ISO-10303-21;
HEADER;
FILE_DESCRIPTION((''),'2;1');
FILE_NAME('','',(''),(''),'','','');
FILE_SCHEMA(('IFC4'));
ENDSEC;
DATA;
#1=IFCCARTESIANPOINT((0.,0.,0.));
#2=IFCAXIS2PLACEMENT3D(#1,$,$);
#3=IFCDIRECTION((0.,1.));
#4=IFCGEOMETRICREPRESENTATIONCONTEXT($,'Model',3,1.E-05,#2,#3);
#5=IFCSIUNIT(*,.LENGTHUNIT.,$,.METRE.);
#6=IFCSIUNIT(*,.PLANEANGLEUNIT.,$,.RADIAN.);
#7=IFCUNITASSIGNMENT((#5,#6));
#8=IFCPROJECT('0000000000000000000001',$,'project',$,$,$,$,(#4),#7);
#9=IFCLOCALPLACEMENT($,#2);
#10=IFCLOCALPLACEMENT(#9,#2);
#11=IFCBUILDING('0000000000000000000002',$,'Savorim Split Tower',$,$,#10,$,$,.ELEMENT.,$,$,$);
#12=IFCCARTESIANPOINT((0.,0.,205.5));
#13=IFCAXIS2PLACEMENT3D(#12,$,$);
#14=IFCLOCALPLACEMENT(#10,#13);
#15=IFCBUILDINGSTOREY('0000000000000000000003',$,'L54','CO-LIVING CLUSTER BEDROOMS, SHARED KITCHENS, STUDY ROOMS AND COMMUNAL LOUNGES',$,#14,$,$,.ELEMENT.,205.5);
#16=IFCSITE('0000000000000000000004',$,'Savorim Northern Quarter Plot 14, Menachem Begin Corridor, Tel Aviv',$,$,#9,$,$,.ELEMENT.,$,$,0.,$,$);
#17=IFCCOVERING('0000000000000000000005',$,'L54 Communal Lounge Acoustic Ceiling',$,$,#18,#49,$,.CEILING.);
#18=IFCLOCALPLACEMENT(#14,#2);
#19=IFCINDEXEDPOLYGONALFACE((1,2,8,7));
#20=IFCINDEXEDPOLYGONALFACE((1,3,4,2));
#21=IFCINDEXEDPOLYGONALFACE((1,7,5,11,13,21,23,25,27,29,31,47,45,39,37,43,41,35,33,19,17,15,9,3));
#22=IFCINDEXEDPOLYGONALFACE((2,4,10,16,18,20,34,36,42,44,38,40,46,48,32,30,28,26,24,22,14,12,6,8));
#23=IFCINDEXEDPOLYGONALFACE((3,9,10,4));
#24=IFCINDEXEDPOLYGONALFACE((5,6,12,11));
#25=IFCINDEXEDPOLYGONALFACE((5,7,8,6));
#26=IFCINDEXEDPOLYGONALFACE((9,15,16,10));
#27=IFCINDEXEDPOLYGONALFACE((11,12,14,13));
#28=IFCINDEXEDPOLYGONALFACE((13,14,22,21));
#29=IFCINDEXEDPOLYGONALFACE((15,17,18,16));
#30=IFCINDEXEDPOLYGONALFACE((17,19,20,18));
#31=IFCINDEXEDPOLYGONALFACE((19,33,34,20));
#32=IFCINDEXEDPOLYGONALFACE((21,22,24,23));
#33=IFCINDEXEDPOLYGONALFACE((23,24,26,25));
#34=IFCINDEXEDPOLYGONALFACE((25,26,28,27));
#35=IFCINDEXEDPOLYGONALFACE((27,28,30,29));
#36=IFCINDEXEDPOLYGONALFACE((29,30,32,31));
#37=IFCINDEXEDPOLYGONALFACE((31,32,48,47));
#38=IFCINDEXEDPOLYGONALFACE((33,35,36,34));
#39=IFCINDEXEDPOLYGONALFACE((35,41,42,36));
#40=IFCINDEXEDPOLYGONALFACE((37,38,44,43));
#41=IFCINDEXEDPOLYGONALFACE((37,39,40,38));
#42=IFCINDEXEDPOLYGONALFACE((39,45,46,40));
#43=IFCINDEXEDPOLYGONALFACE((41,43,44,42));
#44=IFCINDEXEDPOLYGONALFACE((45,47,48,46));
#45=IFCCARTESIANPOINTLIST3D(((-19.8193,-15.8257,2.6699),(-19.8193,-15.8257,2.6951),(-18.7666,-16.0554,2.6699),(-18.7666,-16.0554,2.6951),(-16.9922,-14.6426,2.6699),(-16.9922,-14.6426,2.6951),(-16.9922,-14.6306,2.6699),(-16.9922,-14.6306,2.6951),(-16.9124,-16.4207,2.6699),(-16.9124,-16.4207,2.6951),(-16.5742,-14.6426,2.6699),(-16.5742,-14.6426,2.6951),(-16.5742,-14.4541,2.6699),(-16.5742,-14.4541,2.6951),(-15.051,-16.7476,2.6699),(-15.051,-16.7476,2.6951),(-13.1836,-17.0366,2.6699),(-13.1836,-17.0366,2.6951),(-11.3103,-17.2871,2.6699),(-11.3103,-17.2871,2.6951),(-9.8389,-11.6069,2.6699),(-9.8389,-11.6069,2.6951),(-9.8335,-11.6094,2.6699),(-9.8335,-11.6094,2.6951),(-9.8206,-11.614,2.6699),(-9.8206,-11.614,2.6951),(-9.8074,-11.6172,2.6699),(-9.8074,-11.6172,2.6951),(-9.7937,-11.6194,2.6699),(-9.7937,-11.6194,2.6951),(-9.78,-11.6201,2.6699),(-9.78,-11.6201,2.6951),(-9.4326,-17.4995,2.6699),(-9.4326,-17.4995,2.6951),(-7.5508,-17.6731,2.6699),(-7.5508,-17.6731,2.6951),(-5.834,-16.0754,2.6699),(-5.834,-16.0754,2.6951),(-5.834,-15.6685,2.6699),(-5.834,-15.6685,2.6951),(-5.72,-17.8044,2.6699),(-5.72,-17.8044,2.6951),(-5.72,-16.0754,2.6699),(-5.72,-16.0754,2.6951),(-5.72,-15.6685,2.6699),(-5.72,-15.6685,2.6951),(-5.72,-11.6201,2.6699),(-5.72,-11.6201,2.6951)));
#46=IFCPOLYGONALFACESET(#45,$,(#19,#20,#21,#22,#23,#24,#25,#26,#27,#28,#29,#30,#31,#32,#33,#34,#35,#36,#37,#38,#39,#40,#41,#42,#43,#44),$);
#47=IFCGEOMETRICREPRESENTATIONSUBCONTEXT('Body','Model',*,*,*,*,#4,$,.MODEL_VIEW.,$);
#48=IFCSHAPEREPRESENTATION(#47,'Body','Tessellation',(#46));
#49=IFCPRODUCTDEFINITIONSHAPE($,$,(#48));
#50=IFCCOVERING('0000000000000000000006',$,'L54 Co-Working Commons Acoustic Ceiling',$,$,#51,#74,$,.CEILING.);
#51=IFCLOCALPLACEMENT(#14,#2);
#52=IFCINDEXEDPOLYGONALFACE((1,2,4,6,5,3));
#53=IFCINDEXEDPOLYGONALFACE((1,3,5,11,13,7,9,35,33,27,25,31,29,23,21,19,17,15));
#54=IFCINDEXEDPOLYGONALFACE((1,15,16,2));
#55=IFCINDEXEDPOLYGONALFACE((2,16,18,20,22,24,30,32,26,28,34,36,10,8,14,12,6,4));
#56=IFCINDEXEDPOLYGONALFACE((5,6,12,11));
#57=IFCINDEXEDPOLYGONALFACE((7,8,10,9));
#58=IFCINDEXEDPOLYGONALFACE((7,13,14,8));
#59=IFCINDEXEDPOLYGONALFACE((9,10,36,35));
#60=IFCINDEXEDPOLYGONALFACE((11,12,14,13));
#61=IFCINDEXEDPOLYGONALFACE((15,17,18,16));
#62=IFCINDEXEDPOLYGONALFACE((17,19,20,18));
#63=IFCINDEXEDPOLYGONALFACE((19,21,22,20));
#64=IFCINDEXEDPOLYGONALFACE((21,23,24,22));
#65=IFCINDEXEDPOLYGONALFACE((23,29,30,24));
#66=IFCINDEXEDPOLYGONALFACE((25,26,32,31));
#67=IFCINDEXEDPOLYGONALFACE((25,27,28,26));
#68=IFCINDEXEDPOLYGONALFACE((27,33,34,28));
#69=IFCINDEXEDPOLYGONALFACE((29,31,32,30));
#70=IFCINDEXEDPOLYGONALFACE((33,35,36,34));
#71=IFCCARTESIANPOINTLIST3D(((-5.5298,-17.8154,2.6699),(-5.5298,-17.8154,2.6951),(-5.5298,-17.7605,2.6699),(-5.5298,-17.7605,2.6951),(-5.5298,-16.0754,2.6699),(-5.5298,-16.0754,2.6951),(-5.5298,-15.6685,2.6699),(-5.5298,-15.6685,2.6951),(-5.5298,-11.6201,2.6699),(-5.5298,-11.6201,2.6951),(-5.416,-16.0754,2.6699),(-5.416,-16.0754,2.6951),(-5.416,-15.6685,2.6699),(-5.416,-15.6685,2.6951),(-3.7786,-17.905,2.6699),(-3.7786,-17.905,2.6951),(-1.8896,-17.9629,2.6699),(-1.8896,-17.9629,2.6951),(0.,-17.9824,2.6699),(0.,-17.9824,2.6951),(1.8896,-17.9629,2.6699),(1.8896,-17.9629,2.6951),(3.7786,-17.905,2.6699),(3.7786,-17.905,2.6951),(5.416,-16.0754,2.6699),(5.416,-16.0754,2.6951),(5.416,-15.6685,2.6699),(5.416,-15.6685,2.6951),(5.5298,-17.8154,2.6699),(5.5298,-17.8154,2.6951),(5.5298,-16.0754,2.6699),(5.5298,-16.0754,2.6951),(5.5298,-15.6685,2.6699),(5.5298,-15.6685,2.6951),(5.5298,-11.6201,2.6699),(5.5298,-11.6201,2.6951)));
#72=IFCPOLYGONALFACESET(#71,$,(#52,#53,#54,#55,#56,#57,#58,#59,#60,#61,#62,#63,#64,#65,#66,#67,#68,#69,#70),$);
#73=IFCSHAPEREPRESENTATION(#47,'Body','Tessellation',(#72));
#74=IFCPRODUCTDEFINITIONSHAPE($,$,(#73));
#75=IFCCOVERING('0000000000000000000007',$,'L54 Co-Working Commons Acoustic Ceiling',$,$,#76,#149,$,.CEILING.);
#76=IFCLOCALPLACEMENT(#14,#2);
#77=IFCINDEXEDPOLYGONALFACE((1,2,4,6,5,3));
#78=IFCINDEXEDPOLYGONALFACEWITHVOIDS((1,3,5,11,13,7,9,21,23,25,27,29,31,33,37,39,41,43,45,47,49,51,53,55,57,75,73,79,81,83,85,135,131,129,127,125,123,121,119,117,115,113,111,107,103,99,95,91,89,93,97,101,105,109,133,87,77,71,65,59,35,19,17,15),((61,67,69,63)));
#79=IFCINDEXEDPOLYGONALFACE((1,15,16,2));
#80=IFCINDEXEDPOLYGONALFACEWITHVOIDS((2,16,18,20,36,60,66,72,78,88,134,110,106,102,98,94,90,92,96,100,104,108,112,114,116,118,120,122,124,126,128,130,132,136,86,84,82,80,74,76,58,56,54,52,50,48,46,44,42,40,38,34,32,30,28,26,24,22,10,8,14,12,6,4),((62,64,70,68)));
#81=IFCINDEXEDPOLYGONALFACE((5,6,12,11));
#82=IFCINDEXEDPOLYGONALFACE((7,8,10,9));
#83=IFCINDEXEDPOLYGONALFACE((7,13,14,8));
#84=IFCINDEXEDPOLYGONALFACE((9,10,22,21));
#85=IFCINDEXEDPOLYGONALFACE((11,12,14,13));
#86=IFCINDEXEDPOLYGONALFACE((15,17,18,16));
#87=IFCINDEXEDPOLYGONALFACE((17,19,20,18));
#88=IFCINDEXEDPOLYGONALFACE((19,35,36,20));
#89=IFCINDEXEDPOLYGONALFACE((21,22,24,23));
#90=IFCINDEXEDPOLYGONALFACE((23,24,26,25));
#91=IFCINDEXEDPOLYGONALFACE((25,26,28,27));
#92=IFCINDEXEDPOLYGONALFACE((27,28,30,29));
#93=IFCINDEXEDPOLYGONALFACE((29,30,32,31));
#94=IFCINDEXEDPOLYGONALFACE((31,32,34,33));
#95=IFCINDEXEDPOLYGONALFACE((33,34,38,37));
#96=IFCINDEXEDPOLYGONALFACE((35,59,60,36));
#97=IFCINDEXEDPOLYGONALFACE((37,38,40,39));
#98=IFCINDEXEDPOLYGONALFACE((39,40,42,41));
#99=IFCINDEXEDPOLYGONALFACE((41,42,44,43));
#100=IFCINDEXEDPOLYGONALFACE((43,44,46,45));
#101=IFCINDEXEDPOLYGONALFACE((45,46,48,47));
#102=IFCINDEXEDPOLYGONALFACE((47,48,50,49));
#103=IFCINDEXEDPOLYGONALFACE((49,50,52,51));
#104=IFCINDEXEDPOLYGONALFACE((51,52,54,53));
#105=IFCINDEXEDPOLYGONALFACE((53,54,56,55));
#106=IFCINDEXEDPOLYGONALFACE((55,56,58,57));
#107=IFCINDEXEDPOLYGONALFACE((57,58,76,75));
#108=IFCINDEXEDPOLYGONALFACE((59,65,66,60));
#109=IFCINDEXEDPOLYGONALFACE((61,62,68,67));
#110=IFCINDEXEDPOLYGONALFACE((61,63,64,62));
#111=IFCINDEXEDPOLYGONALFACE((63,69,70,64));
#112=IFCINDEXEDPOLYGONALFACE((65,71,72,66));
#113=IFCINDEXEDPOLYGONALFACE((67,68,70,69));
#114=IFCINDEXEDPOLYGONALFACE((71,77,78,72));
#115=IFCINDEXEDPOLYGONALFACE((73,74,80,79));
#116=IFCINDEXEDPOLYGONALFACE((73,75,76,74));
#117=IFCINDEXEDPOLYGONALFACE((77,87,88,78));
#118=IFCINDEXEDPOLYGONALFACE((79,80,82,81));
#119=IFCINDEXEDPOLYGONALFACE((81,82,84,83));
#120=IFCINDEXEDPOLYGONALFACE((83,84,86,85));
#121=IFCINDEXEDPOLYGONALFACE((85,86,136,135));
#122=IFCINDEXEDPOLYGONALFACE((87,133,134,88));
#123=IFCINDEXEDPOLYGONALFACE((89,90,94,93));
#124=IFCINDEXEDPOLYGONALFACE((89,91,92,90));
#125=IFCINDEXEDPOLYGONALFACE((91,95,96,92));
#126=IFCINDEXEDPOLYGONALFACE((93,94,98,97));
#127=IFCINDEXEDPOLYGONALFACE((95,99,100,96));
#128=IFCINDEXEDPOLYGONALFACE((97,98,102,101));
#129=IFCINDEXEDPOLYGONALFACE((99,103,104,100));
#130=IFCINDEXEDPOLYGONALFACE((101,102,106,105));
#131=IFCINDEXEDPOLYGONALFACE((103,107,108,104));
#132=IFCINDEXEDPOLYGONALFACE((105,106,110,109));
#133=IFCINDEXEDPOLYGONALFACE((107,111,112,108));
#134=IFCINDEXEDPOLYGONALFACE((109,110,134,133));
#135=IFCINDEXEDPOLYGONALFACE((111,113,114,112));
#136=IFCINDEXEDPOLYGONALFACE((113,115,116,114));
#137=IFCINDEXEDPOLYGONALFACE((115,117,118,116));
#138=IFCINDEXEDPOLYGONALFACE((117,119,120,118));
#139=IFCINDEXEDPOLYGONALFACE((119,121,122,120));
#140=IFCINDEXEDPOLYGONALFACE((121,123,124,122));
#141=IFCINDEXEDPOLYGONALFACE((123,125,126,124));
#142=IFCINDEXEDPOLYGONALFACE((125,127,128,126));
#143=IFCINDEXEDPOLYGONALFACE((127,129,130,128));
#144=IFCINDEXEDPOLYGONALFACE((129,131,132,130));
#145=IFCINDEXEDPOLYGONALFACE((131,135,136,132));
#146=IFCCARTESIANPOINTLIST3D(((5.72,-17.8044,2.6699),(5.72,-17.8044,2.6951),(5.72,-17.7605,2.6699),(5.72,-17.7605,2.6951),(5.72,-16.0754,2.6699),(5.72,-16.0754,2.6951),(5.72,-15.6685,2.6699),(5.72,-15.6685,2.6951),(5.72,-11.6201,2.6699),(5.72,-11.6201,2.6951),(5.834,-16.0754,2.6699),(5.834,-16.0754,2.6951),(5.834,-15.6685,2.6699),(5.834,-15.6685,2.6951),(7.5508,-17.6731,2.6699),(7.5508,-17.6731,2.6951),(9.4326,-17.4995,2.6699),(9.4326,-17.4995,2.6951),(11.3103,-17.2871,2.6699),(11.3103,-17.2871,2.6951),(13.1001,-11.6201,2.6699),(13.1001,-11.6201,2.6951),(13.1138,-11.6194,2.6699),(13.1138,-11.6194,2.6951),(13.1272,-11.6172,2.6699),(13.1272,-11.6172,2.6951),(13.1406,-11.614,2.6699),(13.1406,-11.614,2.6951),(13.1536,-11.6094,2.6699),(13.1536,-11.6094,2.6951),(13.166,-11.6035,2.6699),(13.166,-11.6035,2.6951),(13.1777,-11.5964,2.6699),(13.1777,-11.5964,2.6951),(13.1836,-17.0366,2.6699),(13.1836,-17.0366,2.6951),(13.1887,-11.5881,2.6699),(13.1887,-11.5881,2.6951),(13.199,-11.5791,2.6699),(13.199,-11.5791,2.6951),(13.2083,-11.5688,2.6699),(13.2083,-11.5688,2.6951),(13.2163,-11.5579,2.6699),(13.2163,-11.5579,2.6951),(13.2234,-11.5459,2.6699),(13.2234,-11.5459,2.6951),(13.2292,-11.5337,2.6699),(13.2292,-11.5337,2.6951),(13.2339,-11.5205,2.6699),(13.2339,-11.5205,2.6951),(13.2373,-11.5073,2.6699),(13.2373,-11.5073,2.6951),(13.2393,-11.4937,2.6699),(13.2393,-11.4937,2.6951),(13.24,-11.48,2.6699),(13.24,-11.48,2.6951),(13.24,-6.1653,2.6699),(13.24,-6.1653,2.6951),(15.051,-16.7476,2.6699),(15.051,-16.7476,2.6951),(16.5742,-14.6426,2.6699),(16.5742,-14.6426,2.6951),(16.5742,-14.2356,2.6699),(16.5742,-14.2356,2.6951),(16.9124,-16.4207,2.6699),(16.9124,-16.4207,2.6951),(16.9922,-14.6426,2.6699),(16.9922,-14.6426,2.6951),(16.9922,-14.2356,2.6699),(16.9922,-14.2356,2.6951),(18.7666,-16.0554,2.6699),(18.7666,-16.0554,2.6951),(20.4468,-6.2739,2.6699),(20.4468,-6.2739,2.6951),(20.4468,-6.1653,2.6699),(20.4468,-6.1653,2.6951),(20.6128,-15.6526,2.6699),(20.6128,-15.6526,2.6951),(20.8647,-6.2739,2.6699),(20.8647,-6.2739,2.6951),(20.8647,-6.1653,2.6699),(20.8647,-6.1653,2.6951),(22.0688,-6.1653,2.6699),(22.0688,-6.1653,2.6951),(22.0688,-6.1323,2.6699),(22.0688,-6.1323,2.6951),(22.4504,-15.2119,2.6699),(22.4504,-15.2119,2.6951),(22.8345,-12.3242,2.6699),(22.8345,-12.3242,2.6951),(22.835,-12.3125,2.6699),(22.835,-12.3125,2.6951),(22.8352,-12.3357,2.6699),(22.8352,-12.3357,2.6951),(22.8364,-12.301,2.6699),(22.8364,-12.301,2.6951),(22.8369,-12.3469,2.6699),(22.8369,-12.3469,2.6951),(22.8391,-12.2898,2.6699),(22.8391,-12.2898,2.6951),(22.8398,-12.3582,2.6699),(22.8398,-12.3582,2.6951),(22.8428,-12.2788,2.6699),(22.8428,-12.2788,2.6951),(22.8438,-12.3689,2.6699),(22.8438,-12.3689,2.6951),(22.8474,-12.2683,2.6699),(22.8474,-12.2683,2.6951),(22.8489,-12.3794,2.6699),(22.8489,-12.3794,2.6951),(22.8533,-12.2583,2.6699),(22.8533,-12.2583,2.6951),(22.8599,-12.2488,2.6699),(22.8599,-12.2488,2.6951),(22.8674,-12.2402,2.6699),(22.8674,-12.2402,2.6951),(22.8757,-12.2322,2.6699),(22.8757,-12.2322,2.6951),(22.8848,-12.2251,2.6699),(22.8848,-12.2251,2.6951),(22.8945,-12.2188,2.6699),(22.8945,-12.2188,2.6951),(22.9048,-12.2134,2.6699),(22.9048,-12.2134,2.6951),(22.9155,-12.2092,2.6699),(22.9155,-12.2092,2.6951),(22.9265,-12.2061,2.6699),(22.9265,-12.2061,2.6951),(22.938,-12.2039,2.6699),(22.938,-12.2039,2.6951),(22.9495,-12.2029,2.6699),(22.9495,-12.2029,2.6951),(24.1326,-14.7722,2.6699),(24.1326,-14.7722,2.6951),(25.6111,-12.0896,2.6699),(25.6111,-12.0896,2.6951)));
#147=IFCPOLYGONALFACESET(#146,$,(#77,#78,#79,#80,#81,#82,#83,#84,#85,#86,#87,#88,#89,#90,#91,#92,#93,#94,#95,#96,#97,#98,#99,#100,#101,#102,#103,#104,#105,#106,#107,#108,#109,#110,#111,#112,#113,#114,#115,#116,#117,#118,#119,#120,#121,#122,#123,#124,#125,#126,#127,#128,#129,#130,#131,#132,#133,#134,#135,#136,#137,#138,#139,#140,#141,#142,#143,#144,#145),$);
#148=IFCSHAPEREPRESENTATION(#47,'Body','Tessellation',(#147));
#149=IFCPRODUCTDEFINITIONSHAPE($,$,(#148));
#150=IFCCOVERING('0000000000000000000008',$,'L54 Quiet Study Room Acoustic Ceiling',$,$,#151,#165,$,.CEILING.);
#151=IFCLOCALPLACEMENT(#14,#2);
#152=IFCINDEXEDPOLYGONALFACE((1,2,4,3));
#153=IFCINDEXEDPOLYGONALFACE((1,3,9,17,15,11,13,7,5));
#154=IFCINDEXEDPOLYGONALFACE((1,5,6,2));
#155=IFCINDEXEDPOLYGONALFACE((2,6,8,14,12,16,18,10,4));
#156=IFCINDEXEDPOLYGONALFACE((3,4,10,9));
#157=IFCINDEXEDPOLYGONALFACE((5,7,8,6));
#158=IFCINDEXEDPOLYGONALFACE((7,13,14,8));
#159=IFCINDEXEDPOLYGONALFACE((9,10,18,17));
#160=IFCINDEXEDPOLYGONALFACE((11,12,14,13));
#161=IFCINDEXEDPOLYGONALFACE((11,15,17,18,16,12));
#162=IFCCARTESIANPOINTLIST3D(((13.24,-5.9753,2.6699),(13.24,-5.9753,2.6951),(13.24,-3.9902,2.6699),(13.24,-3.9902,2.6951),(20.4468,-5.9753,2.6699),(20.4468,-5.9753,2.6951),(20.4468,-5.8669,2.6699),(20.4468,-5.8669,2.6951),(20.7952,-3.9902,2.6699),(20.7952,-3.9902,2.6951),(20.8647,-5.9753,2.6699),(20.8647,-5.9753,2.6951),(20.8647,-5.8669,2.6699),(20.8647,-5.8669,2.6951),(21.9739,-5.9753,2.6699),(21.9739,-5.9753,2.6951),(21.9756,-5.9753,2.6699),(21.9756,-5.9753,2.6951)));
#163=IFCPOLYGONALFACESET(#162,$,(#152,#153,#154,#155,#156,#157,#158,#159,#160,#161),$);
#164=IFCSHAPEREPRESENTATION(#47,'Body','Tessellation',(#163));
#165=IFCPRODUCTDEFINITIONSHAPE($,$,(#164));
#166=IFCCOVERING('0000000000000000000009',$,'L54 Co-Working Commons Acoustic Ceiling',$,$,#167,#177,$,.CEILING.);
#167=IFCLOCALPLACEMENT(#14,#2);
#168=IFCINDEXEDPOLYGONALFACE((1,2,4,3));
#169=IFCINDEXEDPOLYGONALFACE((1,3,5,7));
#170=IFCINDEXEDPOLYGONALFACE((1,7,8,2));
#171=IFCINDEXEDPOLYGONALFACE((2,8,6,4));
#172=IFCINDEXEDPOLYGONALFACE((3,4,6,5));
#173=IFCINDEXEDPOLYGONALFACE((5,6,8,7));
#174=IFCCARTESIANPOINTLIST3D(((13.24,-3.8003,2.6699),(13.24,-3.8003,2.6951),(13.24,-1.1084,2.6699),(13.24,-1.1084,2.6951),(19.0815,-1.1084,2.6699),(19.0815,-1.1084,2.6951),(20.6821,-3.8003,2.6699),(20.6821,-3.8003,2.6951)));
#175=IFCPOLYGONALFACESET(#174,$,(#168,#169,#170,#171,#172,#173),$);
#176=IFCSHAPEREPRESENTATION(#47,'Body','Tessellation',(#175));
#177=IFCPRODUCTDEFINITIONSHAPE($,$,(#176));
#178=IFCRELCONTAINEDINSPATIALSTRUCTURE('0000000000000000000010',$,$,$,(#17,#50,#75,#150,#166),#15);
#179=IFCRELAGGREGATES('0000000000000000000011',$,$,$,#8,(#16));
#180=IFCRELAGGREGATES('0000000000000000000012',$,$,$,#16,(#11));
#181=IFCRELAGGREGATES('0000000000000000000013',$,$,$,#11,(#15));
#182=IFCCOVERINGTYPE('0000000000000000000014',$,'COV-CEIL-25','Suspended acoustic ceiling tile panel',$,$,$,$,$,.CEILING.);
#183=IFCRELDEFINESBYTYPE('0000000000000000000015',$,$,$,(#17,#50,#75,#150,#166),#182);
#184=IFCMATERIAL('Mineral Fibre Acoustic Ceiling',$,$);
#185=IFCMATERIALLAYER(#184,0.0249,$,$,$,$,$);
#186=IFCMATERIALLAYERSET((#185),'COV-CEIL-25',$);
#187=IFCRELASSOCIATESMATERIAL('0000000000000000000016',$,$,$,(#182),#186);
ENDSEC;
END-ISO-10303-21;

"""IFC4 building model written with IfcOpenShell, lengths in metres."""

from ifc_helpers import new_model, si_unit, direction, frame, origin, place, context, subcontext, project, spatial, polyline, outline, extrude, material, layer, layer_set, type_object, element, save


model = new_model("IFC4")

# Units and contexts
model_context = context("Model", 3, precision=1e-05, world=origin(), true_north=direction((0.0, 1.0)))
body_context = subcontext(model_context, "Body", "Model", "MODEL_VIEW")
ifc_project = project(units=[si_unit("LENGTHUNIT", "METRE"), si_unit("PLANEANGLEUNIT", "RADIAN")], contexts=[model_context])

# Site, building, storey
site_placement = place(None, origin())
site = spatial("IfcSite", under=ifc_project, at=site_placement, Name="Savorim Northern Quarter Plot 14, Menachem Begin Corridor, Tel Aviv", CompositionType="ELEMENT", RefElevation=0.0)
building_placement = place(site_placement, origin())
building = spatial("IfcBuilding", under=site, at=building_placement, Name="Savorim Split Tower", CompositionType="ELEMENT")
storey_placement = place(building_placement, frame((0.0, 0.0, 205.5)))
storey = spatial("IfcBuildingStorey", under=building, at=storey_placement, Name="L54", Description="CO-LIVING CLUSTER BEDROOMS, SHARED KITCHENS, STUDY ROOMS AND COMMUNAL LOUNGES", CompositionType="ELEMENT", Elevation=205.5)

# Coverings
ifc_material_1 = material(Name="Mineral Fibre Acoustic Ceiling")
ifc_layer_1 = layer(ifc_material_1, 0.0249)
ifc_layer_set_1 = layer_set([ifc_layer_1], Name="COV-CEIL-25")
covering_type_1 = type_object("IfcCoveringType", Name="COV-CEIL-25", Description="Suspended acoustic ceiling tile panel", PredefinedType="CEILING", material=ifc_layer_set_1)
covering_1_placement = place(storey_placement, frame((0.0, 0.0, 2.6699)))
element("IfcCovering", 1, at=covering_1_placement, inside=storey, type_object=covering_type_1, Name="L54 Communal Lounge Acoustic Ceiling", PredefinedType="CEILING", context=body_context, shape_type="SweptSolid", body=[
    extrude(outline(polyline([(-13.1836, -17.0366), (-11.3103, -17.2871), (-9.4326, -17.4995), (-7.5508, -17.6731), (-5.72, -17.8044), (-5.72, -16.0754), (-5.834, -16.0754), (-5.834, -15.6685), (-5.72, -15.6685), (-5.72, -11.6201), (-9.78, -11.6201), (-9.7937, -11.6194), (-9.8074, -11.6172), (-9.8206, -11.614), (-9.8335, -11.6094), (-9.8389, -11.6069), (-16.5742, -14.4541), (-16.5742, -14.6426), (-16.9922, -14.6426), (-16.9922, -14.6306), (-19.8193, -15.8257), (-18.7666, -16.0554), (-16.9124, -16.4207), (-15.051, -16.7476), (-13.1836, -17.0366)])), origin(), (0.0, 0.0, 1.0), 0.0251),
])
covering_2_placement = place(storey_placement, frame((0.0, 0.0, 2.6699)))
element("IfcCovering", 2, at=covering_2_placement, inside=storey, type_object=covering_type_1, Name="L54 Co-Working Commons Acoustic Ceiling", PredefinedType="CEILING", context=body_context, shape_type="SweptSolid", body=[
    extrude(outline(polyline([(-1.8896, -17.9629), (0.0, -17.9824), (1.8896, -17.9629), (3.7786, -17.905), (5.5298, -17.8154), (5.5298, -16.0754), (5.416, -16.0754), (5.416, -15.6685), (5.5298, -15.6685), (5.5298, -11.6201), (-5.5298, -11.6201), (-5.5298, -15.6685), (-5.416, -15.6685), (-5.416, -16.0754), (-5.5298, -16.0754), (-5.5298, -17.7605), (-5.5298, -17.8154), (-3.7786, -17.905), (-1.8896, -17.9629)])), origin(), (0.0, 0.0, 1.0), 0.0251),
])
covering_3_placement = place(storey_placement, frame((0.0, 0.0, 2.6699)))
element("IfcCovering", 3, at=covering_3_placement, inside=storey, type_object=covering_type_1, Name="L54 Co-Working Commons Acoustic Ceiling", PredefinedType="CEILING", context=body_context, shape_type="SweptSolid", body=[
    extrude(outline(polyline([(22.9265, -12.2061), (22.938, -12.2039), (22.9495, -12.2029), (25.6111, -12.0896), (22.0688, -6.1323), (22.0688, -6.1653), (20.8647, -6.1653), (20.8647, -6.2739), (20.4468, -6.2739), (20.4468, -6.1653), (13.24, -6.1653), (13.24, -11.48), (13.2393, -11.4937), (13.2373, -11.5073), (13.2339, -11.5205), (13.2292, -11.5337), (13.2234, -11.5459), (13.2163, -11.5579), (13.2083, -11.5688), (13.199, -11.5791), (13.1887, -11.5881), (13.1777, -11.5964), (13.166, -11.6035), (13.1536, -11.6094), (13.1406, -11.614), (13.1272, -11.6172), (13.1138, -11.6194), (13.1001, -11.6201), (5.72, -11.6201), (5.72, -15.6685), (5.834, -15.6685), (5.834, -16.0754), (5.72, -16.0754), (5.72, -17.7605), (5.72, -17.8044), (7.5508, -17.6731), (9.4326, -17.4995), (11.3103, -17.2871), (13.1836, -17.0366), (15.051, -16.7476), (16.9124, -16.4207), (18.7666, -16.0554), (20.6128, -15.6526), (22.4504, -15.2119), (24.1326, -14.7722), (22.8489, -12.3794), (22.8438, -12.3689), (22.8398, -12.3582), (22.8369, -12.3469), (22.8352, -12.3357), (22.8345, -12.3242), (22.835, -12.3125), (22.8364, -12.301), (22.8391, -12.2898), (22.8428, -12.2788), (22.8474, -12.2683), (22.8533, -12.2583), (22.8599, -12.2488), (22.8674, -12.2402), (22.8757, -12.2322), (22.8848, -12.2251), (22.8945, -12.2188), (22.9048, -12.2134), (22.9155, -12.2092), (22.9265, -12.2061)]), holes=[polyline([(16.9922, -14.6426), (16.9922, -14.2356), (16.5742, -14.2356), (16.5742, -14.6426), (16.9922, -14.6426)])]), origin(), (0.0, 0.0, 1.0), 0.0251),
])
covering_4_placement = place(storey_placement, frame((0.0, 0.0, 2.6699)))
element("IfcCovering", 4, at=covering_4_placement, inside=storey, type_object=covering_type_1, Name="L54 Quiet Study Room Acoustic Ceiling", PredefinedType="CEILING", context=body_context, shape_type="SweptSolid", body=[
    extrude(outline(polyline([(20.8647, -5.8669), (20.8647, -5.9753), (21.9739, -5.9753), (21.9756, -5.9753), (20.7952, -3.9902), (13.24, -3.9902), (13.24, -5.9753), (20.4468, -5.9753), (20.4468, -5.8669), (20.8647, -5.8669)])), origin(), (0.0, 0.0, 1.0), 0.0251),
])
covering_5_placement = place(storey_placement, frame((0.0, 0.0, 2.6699)))
element("IfcCovering", 5, at=covering_5_placement, inside=storey, type_object=covering_type_1, Name="L54 Co-Working Commons Acoustic Ceiling", PredefinedType="CEILING", context=body_context, shape_type="SweptSolid", body=[
    extrude(outline(polyline([(20.6821, -3.8003), (19.0815, -1.1084), (13.24, -1.1084), (13.24, -3.8003), (20.6821, -3.8003)])), origin(), (0.0, 0.0, 1.0), 0.0251),
])

save(model, "model.ifc")
